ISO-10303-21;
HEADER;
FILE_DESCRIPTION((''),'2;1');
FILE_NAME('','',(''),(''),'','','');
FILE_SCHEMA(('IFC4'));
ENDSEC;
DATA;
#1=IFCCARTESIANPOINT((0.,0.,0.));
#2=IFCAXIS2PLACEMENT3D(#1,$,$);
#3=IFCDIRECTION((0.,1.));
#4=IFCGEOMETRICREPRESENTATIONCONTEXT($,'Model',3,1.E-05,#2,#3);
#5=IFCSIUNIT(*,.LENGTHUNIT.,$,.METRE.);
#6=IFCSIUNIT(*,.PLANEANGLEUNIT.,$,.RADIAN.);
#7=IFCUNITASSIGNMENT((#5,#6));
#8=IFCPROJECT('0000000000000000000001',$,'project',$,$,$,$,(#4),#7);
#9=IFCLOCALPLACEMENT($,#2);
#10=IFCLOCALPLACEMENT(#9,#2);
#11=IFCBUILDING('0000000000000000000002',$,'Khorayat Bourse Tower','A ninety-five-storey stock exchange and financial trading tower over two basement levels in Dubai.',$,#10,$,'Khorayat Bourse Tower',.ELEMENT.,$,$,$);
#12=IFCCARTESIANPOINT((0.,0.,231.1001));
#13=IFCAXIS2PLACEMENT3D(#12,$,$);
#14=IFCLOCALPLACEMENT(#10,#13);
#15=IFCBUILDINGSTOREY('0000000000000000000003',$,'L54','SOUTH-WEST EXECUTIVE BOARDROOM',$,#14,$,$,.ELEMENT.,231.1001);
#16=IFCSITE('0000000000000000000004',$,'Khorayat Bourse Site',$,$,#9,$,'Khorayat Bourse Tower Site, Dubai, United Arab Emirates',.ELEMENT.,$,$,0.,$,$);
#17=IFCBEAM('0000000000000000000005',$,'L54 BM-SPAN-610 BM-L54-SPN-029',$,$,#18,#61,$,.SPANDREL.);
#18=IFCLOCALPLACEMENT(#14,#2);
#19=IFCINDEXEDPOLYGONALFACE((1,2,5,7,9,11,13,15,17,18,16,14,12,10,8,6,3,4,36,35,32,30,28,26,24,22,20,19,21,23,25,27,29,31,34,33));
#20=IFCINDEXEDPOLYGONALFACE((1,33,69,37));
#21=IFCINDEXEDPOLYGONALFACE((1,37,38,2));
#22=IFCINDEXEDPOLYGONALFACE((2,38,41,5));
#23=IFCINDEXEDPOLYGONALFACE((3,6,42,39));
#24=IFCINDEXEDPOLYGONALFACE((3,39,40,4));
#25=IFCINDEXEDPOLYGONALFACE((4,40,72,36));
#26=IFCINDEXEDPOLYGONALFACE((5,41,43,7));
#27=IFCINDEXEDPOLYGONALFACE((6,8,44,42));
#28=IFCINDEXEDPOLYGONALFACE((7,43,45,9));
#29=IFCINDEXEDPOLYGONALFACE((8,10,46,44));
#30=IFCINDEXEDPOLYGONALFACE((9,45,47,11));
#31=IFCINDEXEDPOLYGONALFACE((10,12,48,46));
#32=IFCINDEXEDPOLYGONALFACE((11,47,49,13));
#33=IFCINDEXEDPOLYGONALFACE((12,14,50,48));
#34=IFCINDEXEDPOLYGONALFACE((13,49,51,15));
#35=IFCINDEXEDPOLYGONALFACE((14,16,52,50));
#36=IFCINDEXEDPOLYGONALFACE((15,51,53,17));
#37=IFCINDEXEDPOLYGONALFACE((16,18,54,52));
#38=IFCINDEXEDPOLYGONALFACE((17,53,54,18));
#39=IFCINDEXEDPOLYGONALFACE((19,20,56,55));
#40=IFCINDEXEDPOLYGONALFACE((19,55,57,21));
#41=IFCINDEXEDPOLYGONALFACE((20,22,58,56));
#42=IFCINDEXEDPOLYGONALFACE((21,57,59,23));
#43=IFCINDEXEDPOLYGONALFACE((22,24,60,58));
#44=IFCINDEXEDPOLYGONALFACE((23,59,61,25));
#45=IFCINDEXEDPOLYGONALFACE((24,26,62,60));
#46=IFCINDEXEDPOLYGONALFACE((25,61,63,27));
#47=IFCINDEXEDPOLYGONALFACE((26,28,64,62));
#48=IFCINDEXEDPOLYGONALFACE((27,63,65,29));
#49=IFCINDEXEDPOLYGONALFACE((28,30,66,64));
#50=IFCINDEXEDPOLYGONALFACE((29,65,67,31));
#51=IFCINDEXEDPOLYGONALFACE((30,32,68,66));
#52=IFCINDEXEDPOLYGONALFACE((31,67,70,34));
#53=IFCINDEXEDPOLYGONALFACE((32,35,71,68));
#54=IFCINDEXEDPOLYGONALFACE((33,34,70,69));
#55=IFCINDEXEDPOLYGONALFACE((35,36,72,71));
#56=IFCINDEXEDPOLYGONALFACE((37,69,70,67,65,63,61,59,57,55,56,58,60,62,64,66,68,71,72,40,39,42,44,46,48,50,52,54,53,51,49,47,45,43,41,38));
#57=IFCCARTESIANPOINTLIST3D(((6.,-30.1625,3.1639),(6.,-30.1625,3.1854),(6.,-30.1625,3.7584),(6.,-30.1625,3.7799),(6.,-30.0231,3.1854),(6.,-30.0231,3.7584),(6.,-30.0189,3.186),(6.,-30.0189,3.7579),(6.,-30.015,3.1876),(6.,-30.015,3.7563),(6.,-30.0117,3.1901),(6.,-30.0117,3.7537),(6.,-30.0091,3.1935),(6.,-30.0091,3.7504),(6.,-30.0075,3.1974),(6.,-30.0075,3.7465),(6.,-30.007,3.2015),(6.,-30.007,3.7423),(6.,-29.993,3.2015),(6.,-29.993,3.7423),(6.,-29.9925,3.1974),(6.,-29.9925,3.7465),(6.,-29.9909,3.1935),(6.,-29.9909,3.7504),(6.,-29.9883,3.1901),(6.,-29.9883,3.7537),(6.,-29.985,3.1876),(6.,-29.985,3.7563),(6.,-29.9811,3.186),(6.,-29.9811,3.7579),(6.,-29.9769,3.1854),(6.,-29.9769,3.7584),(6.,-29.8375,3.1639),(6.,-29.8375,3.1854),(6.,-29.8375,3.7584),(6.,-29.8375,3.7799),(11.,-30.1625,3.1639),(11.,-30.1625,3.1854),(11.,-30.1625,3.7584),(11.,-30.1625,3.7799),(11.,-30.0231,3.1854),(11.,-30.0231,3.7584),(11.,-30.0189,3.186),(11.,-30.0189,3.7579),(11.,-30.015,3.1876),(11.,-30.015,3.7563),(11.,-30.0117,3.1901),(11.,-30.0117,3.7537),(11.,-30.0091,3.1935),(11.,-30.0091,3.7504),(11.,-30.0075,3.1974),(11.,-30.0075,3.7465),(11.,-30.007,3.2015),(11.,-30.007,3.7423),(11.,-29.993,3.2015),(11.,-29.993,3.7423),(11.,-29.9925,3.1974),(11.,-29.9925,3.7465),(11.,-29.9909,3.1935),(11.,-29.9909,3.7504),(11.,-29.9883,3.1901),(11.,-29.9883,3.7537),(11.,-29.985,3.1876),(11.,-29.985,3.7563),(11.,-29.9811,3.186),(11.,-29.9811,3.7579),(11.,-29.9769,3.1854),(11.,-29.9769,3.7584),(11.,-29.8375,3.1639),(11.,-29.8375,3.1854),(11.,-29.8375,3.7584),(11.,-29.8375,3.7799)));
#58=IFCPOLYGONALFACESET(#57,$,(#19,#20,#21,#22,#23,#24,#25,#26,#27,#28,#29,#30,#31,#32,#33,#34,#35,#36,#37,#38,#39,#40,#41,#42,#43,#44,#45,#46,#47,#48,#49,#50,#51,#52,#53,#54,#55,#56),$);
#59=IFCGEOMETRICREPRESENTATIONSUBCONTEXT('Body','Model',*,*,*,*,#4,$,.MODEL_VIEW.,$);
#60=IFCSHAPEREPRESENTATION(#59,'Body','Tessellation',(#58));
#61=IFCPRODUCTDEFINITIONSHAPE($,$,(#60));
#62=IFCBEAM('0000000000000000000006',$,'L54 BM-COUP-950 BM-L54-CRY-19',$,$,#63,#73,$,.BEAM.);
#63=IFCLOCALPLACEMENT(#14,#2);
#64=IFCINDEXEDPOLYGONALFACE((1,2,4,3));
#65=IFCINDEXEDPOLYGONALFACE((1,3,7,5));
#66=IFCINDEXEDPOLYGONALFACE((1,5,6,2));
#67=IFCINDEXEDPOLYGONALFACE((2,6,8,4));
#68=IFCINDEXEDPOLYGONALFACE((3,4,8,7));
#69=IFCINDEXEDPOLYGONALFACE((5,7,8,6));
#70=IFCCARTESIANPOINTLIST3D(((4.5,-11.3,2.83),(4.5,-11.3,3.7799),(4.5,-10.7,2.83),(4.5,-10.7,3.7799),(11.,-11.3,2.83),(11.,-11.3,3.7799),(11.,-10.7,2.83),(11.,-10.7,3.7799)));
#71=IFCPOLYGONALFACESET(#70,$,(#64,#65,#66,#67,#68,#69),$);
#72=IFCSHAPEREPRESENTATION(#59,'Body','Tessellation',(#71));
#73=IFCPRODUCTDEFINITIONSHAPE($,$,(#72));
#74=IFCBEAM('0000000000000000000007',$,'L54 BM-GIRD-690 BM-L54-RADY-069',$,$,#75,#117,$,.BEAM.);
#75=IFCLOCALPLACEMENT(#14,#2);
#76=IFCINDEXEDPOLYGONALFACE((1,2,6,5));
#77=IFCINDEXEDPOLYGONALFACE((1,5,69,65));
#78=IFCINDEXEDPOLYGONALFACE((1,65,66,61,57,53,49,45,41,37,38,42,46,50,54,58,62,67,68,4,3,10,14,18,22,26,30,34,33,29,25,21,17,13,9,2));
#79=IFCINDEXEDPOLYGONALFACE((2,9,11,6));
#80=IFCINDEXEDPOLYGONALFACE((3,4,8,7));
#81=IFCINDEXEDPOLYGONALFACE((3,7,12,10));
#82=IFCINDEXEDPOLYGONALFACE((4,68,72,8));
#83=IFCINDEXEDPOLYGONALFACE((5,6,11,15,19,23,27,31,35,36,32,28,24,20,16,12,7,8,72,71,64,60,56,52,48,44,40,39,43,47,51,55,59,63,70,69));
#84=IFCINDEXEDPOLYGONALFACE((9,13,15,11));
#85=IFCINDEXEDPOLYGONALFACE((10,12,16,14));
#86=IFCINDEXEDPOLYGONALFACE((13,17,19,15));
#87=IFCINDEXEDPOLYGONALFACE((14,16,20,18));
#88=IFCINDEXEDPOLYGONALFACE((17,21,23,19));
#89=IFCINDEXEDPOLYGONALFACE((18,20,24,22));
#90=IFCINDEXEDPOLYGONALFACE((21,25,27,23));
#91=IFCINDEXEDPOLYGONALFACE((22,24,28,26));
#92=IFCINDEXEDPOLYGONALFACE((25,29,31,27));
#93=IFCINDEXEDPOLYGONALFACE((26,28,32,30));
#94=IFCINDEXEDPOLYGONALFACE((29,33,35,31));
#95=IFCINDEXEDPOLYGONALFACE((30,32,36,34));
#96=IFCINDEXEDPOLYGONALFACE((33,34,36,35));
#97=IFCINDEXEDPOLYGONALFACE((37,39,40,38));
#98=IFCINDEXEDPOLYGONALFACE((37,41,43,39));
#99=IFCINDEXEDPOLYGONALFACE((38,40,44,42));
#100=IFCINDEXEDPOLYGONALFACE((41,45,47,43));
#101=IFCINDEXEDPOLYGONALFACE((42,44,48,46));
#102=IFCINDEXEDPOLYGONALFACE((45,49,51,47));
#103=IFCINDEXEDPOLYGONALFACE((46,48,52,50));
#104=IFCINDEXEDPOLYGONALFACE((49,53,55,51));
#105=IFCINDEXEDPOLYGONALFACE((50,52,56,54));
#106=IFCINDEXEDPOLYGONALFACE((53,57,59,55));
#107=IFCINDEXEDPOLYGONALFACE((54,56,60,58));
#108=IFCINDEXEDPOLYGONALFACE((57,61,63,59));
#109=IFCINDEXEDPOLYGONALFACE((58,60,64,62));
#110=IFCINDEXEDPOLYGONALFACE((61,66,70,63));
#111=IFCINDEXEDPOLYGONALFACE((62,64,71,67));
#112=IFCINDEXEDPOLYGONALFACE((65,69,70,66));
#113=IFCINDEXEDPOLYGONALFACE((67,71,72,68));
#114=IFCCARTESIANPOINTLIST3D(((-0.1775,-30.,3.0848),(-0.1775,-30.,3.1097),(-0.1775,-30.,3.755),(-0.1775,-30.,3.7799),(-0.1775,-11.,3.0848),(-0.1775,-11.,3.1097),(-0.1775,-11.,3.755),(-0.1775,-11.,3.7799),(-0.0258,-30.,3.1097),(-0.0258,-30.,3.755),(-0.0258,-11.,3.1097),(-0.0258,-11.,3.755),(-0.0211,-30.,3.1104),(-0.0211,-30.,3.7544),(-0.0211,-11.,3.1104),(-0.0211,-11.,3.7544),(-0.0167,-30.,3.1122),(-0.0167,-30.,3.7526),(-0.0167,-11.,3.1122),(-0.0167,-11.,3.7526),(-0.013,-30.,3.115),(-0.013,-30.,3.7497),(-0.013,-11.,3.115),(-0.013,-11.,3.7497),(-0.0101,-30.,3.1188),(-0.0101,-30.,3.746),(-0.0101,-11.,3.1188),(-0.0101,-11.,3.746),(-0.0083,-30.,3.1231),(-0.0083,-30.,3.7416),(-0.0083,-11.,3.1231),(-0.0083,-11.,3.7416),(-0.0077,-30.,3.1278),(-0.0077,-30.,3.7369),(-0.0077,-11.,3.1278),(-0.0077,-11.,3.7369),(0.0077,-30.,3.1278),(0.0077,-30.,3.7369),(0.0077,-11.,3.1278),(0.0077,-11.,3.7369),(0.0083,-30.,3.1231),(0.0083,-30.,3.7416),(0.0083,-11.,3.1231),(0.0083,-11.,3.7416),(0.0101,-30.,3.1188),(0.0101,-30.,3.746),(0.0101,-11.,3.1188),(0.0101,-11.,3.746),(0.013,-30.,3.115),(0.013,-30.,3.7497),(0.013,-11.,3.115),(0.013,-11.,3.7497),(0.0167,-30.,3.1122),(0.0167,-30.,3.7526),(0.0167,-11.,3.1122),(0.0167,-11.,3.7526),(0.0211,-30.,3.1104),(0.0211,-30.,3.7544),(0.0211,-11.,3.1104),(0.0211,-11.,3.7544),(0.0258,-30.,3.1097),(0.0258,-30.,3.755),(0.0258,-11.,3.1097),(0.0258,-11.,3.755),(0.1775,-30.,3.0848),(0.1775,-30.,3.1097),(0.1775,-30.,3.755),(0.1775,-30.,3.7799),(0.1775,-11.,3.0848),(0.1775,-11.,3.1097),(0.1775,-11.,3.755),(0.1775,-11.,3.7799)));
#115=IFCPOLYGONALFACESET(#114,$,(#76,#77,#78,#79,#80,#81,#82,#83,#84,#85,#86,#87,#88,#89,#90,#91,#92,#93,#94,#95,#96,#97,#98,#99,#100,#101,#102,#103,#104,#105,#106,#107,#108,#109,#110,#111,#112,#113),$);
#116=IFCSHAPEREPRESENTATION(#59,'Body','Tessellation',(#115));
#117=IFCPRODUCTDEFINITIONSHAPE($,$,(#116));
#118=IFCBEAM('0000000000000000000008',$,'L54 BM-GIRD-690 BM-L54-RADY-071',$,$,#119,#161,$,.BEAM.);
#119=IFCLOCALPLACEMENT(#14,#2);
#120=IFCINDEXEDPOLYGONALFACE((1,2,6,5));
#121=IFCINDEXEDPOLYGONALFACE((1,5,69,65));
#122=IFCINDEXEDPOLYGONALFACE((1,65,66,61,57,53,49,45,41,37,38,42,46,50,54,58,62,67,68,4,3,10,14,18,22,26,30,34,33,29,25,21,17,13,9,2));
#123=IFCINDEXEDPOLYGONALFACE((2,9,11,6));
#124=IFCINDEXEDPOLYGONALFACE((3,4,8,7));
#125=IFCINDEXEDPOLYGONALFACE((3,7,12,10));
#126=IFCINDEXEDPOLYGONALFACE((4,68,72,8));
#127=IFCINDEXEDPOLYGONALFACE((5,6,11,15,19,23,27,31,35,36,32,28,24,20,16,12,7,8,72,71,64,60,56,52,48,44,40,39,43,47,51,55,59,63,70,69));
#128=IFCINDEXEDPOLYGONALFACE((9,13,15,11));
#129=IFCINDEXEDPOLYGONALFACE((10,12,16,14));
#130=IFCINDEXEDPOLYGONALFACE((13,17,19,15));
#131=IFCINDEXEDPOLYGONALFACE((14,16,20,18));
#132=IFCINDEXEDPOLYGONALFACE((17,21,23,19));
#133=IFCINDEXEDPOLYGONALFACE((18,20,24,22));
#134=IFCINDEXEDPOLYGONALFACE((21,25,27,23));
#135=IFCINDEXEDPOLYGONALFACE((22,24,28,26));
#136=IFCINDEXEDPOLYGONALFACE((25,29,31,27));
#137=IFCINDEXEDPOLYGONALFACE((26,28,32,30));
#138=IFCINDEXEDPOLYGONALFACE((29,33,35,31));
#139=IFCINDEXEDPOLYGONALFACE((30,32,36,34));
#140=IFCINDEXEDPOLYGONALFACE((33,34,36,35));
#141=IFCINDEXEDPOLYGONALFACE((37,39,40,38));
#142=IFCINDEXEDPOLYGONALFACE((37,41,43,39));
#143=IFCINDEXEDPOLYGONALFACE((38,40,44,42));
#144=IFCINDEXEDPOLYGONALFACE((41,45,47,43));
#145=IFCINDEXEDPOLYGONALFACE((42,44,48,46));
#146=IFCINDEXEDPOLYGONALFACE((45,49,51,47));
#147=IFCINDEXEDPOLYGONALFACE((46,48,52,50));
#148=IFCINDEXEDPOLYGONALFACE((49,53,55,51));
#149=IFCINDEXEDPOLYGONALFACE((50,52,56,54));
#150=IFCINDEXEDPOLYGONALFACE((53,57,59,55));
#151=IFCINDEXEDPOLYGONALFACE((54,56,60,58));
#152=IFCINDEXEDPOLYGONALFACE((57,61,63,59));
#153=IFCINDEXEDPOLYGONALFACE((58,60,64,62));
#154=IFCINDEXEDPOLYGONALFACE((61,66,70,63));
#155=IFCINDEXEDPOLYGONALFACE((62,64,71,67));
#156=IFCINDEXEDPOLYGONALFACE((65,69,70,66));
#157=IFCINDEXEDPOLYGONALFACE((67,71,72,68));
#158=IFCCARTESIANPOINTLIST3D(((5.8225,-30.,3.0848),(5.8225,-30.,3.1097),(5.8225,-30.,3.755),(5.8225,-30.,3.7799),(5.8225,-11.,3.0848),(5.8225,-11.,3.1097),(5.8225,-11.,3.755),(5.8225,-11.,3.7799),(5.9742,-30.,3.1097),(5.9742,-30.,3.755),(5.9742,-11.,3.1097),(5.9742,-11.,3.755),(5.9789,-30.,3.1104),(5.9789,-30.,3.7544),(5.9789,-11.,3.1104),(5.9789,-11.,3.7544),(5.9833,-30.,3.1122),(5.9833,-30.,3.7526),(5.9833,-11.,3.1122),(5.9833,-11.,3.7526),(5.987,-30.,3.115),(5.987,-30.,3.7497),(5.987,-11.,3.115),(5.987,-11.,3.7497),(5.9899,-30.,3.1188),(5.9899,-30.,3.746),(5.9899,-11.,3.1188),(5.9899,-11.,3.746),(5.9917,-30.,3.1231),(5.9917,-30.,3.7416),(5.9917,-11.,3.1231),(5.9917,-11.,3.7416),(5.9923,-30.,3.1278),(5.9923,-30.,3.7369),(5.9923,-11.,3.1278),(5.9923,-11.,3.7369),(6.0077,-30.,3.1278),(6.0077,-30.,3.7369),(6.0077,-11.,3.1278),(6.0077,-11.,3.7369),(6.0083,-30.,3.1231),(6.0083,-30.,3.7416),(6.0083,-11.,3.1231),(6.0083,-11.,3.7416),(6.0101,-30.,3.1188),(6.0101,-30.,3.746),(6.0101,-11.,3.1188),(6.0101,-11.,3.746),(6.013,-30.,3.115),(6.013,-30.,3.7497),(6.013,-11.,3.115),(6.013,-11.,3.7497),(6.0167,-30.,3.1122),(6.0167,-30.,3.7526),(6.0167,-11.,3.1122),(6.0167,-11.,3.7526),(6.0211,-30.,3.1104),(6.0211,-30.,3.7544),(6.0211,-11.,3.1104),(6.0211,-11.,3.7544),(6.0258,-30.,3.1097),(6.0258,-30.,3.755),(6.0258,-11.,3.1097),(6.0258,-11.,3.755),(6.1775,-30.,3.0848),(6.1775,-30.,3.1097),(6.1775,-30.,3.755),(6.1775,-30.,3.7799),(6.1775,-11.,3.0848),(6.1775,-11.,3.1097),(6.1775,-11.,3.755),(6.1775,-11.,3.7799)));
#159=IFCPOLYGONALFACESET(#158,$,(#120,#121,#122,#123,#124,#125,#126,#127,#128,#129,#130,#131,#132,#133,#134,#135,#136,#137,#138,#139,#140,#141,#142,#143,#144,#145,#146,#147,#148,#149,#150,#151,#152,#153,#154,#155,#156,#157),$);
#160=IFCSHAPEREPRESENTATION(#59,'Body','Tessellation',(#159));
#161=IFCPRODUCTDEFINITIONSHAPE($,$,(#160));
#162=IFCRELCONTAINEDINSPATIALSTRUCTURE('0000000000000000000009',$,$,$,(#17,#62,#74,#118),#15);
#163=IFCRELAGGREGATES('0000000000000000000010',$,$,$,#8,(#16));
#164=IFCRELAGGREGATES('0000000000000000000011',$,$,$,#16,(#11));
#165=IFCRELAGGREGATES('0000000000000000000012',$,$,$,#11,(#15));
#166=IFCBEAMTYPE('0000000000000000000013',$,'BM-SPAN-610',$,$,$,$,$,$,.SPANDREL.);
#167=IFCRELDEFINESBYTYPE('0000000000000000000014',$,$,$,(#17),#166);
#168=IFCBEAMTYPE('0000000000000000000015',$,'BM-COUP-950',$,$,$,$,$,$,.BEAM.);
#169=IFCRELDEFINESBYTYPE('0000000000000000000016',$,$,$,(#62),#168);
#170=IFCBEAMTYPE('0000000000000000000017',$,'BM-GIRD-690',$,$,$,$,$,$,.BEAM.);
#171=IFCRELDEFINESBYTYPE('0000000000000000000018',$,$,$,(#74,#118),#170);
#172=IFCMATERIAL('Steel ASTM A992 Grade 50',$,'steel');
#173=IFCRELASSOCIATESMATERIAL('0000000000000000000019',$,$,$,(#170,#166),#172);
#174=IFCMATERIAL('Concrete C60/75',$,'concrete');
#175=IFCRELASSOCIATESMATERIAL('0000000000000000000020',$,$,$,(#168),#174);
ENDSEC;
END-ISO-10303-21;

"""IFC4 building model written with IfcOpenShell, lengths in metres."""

from ifc_helpers import new_model, si_unit, direction, frame, origin, origin_2d, place, context, subcontext, project, spatial, rectangle, i_section, extrude, source, transform, mapped, material, material_profile, profile_set, type_object, element, save


model = new_model("IFC4")

# Units and contexts
model_context = context("Model", 3, precision=1e-05, world=origin(), true_north=direction((0.0, 1.0)))
body_context = subcontext(model_context, "Body", "Model", "MODEL_VIEW")
ifc_project = project(units=[si_unit("LENGTHUNIT", "METRE"), si_unit("PLANEANGLEUNIT", "RADIAN")], contexts=[model_context])

# Site, building, storey
site_placement = place(None, origin())
site = spatial("IfcSite", under=ifc_project, at=site_placement, Name="Khorayat Bourse Site", LongName="Khorayat Bourse Tower Site, Dubai, United Arab Emirates", CompositionType="ELEMENT", RefElevation=0.0)
building_placement = place(site_placement, origin())
building = spatial("IfcBuilding", under=site, at=building_placement, Name="Khorayat Bourse Tower", Description="A ninety-five-storey stock exchange and financial trading tower over two basement levels in Dubai.", LongName="Khorayat Bourse Tower", CompositionType="ELEMENT")
storey_placement = place(building_placement, frame((0.0, 0.0, 231.1001)))
storey = spatial("IfcBuildingStorey", under=building, at=storey_placement, Name="L54", Description="SOUTH-WEST EXECUTIVE BOARDROOM", CompositionType="ELEMENT", Elevation=231.1001)

# Shared definitions
ifc_material_1 = material(Name="Concrete C60/75", Category="concrete")

# Beams
ifc_material_2 = material(Name="Steel ASTM A992 Grade 50", Category="steel")
ifc_material_profile_1 = material_profile(ifc_material_2, i_section(OverallWidth=0.355, OverallDepth=0.6951, WebThickness=0.0154, FlangeThickness=0.0249, FilletRadius=0.0181, at=origin_2d()), Name="W690X217")
ifc_profile_set_1 = profile_set([ifc_material_profile_1], Name="Steel ASTM A992 Grade 50")
beam_type_1 = type_object("IfcBeamType", Name="BM-GIRD-690", PredefinedType="BEAM", material=ifc_profile_set_1)
ifc_material_profile_2 = material_profile(ifc_material_2, i_section(OverallWidth=0.325, OverallDepth=0.616, WebThickness=0.0139, FlangeThickness=0.0215, FilletRadius=0.0161, at=origin_2d()), Name="W610X174")
ifc_profile_set_2 = profile_set([ifc_material_profile_2], Name="Steel ASTM A992 Grade 50")
beam_type_2 = type_object("IfcBeamType", Name="BM-SPAN-610", PredefinedType="SPANDREL", material=ifc_profile_set_2)
shared_shape_1 = source(origin(), body_context, "Body", "SweptSolid", [
    extrude(i_section(OverallWidth=0.325, OverallDepth=0.616, WebThickness=0.0139, FlangeThickness=0.0215, FilletRadius=0.0161, at=origin_2d()), origin(), (0.0, 0.0, 1.0), 5.0),
])
beam_1_placement = place(storey_placement, frame((6.0, -30.0, 3.4719), z_axis=(1.0, 0.0, 0.0), x_axis=(0.0, 1.0, 0.0)))
element("IfcBeam", 1, at=beam_1_placement, inside=storey, type_object=beam_type_2, Name="L54 BM-SPAN-610 BM-L54-SPN-029", PredefinedType="SPANDREL", context=body_context, shape_type="MappedRepresentation", body=[
    mapped(shared_shape_1, transform((0.0, 0.0, 0.0), scale=1.0)),
])
ifc_material_profile_3 = material_profile(ifc_material_1, rectangle(XDim=0.6001, YDim=0.95, at=origin_2d()), Name="RC 600x950")
ifc_profile_set_3 = profile_set([ifc_material_profile_3], Name="Concrete C60/75")
beam_type_3 = type_object("IfcBeamType", Name="BM-COUP-950", PredefinedType="BEAM", material=ifc_profile_set_3)
shared_shape_2 = source(origin(), body_context, "Body", "SweptSolid", [
    extrude(rectangle(XDim=0.6001, YDim=0.95, at=origin_2d()), origin(), (0.0, 0.0, 1.0), 6.5),
])
beam_2_placement = place(storey_placement, frame((4.5, -11.0, 3.3049), z_axis=(1.0, 0.0, 0.0), x_axis=(0.0, 1.0, 0.0)))
element("IfcBeam", 2, at=beam_2_placement, inside=storey, type_object=beam_type_3, Name="L54 BM-COUP-950 BM-L54-CRY-19", PredefinedType="BEAM", context=body_context, shape_type="MappedRepresentation", body=[
    mapped(shared_shape_2, transform((0.0, 0.0, 0.0), scale=1.0)),
])
shared_shape_3 = source(origin(), body_context, "Body", "SweptSolid", [
    extrude(i_section(OverallWidth=0.355, OverallDepth=0.6951, WebThickness=0.0154, FlangeThickness=0.0249, FilletRadius=0.0181, at=origin_2d()), origin(), (0.0, 0.0, 1.0), 19.0),
])
for number, where, z_axis, x_axis, name in (
    (3, (0.0, -30.0, 3.4324), (0.0, 1.0, 0.0), (-1.0, 0.0, 0.0), "L54 BM-GIRD-690 BM-L54-RADY-069"),
    (4, (6.0, -30.0, 3.4324), (0.0, 1.0, 0.0), (-1.0, 0.0, 0.0), "L54 BM-GIRD-690 BM-L54-RADY-071"),
):
    element("IfcBeam", number, at=place(storey_placement, frame(where, z_axis=z_axis, x_axis=x_axis)), inside=storey, type_object=beam_type_1, Name=name, PredefinedType="BEAM", context=body_context, shape_type="MappedRepresentation", body=[
        mapped(shared_shape_3, transform((0.0, 0.0, 0.0), scale=1.0)),
    ])

save(model, "model.ifc")
